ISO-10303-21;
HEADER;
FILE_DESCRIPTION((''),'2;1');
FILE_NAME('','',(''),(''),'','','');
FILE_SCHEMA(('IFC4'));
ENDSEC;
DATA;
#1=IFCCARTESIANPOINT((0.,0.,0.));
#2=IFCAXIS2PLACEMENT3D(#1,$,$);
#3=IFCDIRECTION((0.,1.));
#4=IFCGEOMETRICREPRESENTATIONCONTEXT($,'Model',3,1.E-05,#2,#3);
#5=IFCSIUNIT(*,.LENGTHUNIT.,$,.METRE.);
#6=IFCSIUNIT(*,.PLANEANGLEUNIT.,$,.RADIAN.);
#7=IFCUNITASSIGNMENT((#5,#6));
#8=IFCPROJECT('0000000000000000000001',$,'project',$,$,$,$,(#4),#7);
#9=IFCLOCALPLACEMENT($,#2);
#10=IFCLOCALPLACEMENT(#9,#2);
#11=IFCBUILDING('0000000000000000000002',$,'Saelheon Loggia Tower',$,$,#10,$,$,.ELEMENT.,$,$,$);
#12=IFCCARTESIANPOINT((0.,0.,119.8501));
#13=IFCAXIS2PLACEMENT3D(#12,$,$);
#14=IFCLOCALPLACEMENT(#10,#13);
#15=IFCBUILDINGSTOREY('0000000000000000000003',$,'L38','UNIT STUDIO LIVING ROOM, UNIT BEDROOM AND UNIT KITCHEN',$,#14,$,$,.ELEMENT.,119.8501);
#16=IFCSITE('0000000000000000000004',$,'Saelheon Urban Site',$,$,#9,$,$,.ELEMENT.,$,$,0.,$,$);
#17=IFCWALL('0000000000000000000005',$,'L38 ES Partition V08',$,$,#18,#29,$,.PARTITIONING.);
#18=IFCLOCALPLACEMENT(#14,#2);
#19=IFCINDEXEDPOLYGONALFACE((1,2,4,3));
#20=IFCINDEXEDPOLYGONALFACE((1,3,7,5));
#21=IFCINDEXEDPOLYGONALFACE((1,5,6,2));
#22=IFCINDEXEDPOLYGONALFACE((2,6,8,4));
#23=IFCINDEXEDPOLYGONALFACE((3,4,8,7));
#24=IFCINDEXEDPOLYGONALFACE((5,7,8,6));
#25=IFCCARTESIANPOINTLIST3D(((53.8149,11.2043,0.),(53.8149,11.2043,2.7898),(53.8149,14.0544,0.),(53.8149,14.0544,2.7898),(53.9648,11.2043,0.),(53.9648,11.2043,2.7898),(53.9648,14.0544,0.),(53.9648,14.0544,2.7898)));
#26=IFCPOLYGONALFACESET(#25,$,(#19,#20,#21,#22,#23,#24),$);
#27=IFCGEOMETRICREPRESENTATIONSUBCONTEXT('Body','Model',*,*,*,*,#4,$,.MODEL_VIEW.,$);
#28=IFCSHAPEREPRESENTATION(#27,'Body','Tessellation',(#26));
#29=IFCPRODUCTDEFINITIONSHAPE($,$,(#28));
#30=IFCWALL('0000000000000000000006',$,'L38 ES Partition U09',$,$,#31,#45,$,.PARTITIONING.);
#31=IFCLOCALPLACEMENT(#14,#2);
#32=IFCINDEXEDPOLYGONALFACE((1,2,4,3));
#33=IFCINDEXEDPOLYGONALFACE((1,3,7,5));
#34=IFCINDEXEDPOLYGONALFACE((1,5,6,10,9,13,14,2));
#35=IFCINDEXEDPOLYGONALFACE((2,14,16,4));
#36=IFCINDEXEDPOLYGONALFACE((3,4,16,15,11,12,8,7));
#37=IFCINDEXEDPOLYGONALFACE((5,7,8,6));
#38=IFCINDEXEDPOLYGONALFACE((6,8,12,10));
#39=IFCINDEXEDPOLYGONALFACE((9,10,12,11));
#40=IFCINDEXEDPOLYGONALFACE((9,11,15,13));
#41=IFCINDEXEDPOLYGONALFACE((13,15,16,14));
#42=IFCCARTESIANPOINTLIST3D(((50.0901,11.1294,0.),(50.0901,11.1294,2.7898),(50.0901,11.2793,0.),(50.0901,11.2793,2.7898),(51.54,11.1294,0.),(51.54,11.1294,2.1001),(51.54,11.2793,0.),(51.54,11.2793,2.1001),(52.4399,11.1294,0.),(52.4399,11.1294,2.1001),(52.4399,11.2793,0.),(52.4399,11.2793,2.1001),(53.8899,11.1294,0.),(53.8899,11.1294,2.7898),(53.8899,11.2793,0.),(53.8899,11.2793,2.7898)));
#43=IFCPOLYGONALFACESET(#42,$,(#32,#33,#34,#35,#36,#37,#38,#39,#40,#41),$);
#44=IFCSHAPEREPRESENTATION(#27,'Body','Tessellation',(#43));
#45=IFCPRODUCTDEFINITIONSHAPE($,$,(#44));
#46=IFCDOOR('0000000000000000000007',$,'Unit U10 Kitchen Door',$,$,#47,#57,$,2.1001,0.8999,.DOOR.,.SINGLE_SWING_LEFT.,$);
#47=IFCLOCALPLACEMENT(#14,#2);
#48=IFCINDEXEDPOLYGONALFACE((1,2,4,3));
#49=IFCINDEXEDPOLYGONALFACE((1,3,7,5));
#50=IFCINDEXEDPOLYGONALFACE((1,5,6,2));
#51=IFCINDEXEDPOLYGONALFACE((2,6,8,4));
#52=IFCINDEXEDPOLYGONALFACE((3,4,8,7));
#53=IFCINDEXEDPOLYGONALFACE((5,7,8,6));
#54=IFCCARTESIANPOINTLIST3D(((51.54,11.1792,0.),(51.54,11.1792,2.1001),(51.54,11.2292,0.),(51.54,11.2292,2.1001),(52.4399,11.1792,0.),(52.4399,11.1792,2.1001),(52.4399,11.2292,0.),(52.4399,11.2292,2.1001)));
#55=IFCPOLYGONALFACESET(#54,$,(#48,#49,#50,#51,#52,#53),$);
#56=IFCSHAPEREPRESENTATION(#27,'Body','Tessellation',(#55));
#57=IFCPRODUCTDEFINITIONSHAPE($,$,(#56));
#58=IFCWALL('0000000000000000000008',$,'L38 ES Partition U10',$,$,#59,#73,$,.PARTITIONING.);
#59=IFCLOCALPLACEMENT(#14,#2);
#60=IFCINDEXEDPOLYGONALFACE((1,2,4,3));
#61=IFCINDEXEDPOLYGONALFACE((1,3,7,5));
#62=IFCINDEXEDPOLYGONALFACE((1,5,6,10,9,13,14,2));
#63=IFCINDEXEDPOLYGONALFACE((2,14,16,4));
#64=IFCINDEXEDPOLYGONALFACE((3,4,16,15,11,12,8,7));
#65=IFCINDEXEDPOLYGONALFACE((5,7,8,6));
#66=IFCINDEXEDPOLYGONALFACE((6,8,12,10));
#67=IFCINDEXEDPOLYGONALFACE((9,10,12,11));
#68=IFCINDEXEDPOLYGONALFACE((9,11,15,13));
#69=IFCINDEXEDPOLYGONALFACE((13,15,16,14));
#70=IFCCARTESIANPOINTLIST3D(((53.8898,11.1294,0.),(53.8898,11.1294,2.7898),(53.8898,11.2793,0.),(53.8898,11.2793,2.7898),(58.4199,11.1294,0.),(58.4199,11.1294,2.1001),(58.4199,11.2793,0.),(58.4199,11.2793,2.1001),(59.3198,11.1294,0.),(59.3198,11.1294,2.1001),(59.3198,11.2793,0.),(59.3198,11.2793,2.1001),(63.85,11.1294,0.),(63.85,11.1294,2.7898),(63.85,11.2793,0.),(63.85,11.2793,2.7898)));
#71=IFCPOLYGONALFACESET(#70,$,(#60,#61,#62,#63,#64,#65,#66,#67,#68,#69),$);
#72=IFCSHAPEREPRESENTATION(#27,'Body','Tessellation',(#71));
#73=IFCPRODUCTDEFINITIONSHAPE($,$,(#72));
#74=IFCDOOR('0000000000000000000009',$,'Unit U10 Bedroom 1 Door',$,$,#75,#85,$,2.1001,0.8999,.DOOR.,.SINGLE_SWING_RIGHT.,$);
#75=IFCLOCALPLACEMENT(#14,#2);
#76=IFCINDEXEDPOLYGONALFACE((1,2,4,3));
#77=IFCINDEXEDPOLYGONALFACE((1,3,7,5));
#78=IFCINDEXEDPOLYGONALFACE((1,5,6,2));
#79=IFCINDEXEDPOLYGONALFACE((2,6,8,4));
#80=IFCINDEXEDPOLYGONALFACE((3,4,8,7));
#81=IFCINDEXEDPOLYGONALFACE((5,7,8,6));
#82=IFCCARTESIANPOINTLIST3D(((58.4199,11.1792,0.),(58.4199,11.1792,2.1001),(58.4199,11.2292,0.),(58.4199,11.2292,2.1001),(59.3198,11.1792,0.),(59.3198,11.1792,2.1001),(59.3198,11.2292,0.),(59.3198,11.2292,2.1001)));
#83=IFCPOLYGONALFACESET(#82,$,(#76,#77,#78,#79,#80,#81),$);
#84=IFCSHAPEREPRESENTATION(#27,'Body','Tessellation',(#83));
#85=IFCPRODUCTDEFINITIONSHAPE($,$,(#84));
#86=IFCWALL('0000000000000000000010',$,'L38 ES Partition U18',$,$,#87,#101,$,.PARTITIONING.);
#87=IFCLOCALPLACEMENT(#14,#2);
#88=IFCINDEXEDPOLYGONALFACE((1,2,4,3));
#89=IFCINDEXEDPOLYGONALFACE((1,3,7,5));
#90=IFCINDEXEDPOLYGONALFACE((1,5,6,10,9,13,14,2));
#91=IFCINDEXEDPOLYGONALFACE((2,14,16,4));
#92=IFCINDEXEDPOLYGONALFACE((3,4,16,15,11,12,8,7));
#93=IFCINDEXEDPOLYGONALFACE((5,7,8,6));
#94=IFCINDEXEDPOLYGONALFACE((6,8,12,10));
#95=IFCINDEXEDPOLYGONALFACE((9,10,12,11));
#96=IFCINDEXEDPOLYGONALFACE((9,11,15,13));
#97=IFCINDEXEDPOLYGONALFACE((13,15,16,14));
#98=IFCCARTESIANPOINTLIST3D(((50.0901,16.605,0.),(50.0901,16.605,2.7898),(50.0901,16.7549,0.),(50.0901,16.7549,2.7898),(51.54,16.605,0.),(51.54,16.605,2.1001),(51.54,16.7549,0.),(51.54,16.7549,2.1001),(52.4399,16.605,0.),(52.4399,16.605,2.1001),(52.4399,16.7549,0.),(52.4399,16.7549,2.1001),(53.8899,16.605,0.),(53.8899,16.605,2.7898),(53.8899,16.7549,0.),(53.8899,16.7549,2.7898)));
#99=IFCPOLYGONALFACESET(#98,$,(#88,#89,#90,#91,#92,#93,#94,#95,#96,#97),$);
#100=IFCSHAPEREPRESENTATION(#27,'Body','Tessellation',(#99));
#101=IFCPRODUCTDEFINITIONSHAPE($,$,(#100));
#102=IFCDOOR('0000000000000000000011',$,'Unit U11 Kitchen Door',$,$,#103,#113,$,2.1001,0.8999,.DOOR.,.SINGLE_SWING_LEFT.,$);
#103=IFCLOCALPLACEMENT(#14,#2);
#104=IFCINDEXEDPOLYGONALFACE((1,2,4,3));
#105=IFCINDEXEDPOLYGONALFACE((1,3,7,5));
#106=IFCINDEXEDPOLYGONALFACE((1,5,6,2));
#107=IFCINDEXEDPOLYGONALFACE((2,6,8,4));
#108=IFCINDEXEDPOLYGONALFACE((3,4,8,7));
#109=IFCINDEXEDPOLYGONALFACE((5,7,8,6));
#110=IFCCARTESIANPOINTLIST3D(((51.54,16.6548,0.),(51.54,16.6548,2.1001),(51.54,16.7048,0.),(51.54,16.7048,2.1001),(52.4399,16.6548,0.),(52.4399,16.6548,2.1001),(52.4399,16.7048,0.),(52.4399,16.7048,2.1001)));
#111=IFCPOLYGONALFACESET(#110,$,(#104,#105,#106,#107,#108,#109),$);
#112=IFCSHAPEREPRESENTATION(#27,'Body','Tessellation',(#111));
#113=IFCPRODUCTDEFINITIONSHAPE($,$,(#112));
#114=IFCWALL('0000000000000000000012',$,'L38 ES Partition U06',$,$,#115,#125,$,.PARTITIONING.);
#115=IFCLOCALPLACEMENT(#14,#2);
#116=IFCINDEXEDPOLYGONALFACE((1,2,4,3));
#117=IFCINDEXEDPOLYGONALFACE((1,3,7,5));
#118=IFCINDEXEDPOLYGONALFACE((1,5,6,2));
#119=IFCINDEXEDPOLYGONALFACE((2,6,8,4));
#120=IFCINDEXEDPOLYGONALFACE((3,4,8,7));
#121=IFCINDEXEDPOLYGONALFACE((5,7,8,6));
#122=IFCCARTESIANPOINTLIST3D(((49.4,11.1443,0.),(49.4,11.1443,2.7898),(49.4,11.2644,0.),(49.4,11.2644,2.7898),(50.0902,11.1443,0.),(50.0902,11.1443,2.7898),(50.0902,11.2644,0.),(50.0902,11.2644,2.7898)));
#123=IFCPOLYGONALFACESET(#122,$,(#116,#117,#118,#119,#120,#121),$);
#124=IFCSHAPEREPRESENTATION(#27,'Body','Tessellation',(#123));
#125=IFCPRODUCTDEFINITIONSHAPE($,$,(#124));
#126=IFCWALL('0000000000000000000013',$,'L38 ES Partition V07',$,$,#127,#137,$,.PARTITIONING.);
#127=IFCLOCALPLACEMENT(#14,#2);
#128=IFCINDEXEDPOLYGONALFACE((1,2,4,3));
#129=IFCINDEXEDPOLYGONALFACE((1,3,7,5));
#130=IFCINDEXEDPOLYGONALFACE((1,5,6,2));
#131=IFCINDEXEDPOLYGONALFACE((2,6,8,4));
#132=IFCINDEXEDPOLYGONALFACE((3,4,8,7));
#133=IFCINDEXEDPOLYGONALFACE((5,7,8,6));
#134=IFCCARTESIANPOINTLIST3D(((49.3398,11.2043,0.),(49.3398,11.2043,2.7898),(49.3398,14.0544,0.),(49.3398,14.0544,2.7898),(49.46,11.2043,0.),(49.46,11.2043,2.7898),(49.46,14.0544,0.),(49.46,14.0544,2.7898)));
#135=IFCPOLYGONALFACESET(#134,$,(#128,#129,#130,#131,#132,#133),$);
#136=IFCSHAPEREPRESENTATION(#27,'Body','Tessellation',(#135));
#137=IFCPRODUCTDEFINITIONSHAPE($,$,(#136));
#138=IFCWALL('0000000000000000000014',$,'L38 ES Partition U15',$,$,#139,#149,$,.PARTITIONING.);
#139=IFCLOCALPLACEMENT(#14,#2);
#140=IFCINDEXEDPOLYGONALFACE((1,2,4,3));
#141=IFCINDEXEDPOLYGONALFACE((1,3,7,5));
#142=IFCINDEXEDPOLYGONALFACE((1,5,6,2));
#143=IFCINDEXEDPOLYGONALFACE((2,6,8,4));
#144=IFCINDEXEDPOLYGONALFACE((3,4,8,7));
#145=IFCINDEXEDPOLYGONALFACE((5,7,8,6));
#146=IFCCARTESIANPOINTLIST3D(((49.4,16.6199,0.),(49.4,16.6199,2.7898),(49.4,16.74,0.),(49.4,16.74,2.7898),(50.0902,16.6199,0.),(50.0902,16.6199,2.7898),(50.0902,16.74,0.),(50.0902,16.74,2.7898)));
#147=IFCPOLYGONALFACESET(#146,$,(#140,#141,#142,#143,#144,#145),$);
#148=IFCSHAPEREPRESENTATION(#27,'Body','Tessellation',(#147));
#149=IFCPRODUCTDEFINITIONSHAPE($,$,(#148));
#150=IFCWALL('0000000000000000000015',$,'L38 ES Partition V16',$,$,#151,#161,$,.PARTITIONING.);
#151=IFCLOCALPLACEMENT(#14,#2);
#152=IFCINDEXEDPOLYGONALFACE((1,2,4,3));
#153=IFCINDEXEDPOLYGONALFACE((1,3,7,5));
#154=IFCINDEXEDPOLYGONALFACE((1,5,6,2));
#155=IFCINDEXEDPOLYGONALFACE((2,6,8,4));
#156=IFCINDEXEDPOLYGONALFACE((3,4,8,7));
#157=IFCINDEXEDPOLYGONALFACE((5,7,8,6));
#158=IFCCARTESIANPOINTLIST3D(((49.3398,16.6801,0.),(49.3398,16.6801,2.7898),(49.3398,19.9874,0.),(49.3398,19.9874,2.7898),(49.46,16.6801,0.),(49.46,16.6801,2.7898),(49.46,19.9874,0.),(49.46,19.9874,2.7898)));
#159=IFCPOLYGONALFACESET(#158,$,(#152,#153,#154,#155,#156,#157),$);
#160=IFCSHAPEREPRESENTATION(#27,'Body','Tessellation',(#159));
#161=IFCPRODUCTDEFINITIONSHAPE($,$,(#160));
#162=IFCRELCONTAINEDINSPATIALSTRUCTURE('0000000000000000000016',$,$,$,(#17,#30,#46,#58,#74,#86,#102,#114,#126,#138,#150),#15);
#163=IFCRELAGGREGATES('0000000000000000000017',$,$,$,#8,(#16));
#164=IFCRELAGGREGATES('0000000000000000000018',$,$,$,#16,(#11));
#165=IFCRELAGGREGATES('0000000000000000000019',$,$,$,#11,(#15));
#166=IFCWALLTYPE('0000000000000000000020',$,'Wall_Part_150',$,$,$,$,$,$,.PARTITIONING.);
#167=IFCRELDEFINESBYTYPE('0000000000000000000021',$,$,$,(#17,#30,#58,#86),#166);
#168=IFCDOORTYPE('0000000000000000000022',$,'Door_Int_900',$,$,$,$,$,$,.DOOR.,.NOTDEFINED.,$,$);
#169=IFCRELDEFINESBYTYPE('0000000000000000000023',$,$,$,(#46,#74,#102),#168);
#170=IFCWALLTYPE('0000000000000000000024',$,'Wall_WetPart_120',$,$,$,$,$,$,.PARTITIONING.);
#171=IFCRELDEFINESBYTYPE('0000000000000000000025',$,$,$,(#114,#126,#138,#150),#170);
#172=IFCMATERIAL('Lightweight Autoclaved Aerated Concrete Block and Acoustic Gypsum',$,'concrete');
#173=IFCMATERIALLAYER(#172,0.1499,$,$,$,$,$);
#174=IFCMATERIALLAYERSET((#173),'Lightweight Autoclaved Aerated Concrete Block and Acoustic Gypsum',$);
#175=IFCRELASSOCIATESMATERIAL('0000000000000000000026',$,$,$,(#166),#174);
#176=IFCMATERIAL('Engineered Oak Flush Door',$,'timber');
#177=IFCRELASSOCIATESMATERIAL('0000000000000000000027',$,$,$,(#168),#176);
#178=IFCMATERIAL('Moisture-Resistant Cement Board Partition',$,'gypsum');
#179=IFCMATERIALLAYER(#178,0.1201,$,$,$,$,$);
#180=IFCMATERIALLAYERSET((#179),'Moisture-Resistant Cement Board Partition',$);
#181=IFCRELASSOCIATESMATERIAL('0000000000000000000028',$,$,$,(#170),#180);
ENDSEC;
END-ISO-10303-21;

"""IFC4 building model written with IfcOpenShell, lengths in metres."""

from ifc_helpers import new_model, si_unit, direction, frame, frame_2d, origin, place, context, subcontext, project, spatial, rectangle, extrude, source, transform, mapped, material, layer, layer_set, type_object, element, fill, save


model = new_model("IFC4")

# Units and contexts
model_context = context("Model", 3, precision=1e-05, world=origin(), true_north=direction((0.0, 1.0)))
body_context = subcontext(model_context, "Body", "Model", "MODEL_VIEW")
ifc_project = project(units=[si_unit("LENGTHUNIT", "METRE"), si_unit("PLANEANGLEUNIT", "RADIAN")], contexts=[model_context])

# Site, building, storey
site_placement = place(None, origin())
site = spatial("IfcSite", under=ifc_project, at=site_placement, Name="Saelheon Urban Site", CompositionType="ELEMENT", RefElevation=0.0)
building_placement = place(site_placement, origin())
building = spatial("IfcBuilding", under=site, at=building_placement, Name="Saelheon Loggia Tower", CompositionType="ELEMENT")
storey_placement = place(building_placement, frame((0.0, 0.0, 119.8501)))
storey = spatial("IfcBuildingStorey", under=building, at=storey_placement, Name="L38", Description="UNIT STUDIO LIVING ROOM, UNIT BEDROOM AND UNIT KITCHEN", CompositionType="ELEMENT", Elevation=119.8501)

# Wall
ifc_material_1 = material(Name="Lightweight Autoclaved Aerated Concrete Block and Acoustic Gypsum", Category="concrete")
ifc_layer_1 = layer(ifc_material_1, 0.1499)
ifc_layer_set_1 = layer_set([ifc_layer_1], Name="Lightweight Autoclaved Aerated Concrete Block and Acoustic Gypsum")
wall_type_1 = type_object("IfcWallType", Name="Wall_Part_150", PredefinedType="PARTITIONING", material=ifc_layer_set_1)
wall_1_placement = place(storey_placement, frame((53.8899, 11.2043, 0.0), z_axis=(0.0, 0.0, 1.0), x_axis=(0.0, 1.0, 0.0)))
element("IfcWall", 1, at=wall_1_placement, inside=storey, type_object=wall_type_1, Name="L38 ES Partition V08", PredefinedType="PARTITIONING", context=body_context, shape_type="SweptSolid", body=[
    extrude(rectangle(XDim=2.8501, YDim=0.1499, at=frame_2d((1.425, 0.0))), origin(), (0.0, 0.0, 1.0), 2.7898),
])

# Walls, openings, doors
wall_2_placement = place(storey_placement, frame((50.0901, 11.2043, 0.0), z_axis=(0.0, 0.0, 1.0), x_axis=(1.0, 0.0, 0.0)))
wall_2 = element("IfcWall", 2, at=wall_2_placement, inside=storey, type_object=wall_type_1, Name="L38 ES Partition U09", PredefinedType="PARTITIONING", context=body_context, shape_type="SweptSolid", body=[
    extrude(rectangle(XDim=3.7998, YDim=0.1499, at=frame_2d((1.8999, 0.0))), origin(), (0.0, 0.0, 1.0), 2.7898),
])
opening_1_placement = place(wall_2_placement, frame((1.45, 0.0, 0.0)))
opening_1 = element("IfcOpeningElement", 3, at=opening_1_placement, cuts=wall_2, PredefinedType="OPENING", context=body_context, shape_type="SweptSolid", body=[
    extrude(rectangle(XDim=0.8999, YDim=2.1001, at=frame_2d((0.45, 1.05))), frame((0.0, 0.0869, 0.0), z_axis=(0.0, -1.0, 0.0), x_axis=(1.0, 0.0, 0.0)), (0.0, 0.0, 1.0), 0.1738),
])
ifc_material_2 = material(Name="Engineered Oak Flush Door", Category="timber")
door_type = type_object("IfcDoorType", Name="Door_Int_900", OperationType="NOTDEFINED", PredefinedType="DOOR", material=ifc_material_2)
shared_shape = source(origin(), body_context, "Body", "SweptSolid", [
    extrude(rectangle(XDim=0.8999, YDim=2.1001, at=frame_2d((0.45, 1.05))), frame((0.0, 0.0249, 0.0), z_axis=(0.0, -1.0, 0.0), x_axis=(1.0, 0.0, 0.0)), (0.0, 0.0, 1.0), 0.05),
])
door_1_placement = place(opening_1_placement, origin())
door_1 = element("IfcDoor", 4, at=door_1_placement, inside=storey, type_object=door_type, Name="Unit U10 Kitchen Door", OperationType="SINGLE_SWING_LEFT", OverallHeight=2.1001, OverallWidth=0.8999, PredefinedType="DOOR", context=body_context, shape_type="MappedRepresentation", body=[
    mapped(shared_shape, transform((0.0, 0.0, 0.0), scale=1.0)),
])
fill(opening_1, door_1)
wall_3_placement = place(storey_placement, frame((53.8899, 11.2043, 0.0), z_axis=(0.0, 0.0, 1.0), x_axis=(1.0, 0.0, 0.0)))
wall_3 = element("IfcWall", 5, at=wall_3_placement, inside=storey, type_object=wall_type_1, Name="L38 ES Partition U10", PredefinedType="PARTITIONING", context=body_context, shape_type="SweptSolid", body=[
    extrude(rectangle(XDim=9.9602, YDim=0.1499, at=frame_2d((4.98, 0.0))), origin(), (0.0, 0.0, 1.0), 2.7898),
])
opening_2_placement = place(wall_3_placement, frame((4.53, 0.0, 0.0)))
opening_2 = element("IfcOpeningElement", 6, at=opening_2_placement, cuts=wall_3, PredefinedType="OPENING", context=body_context, shape_type="SweptSolid", body=[
    extrude(rectangle(XDim=0.8999, YDim=2.1001, at=frame_2d((0.45, 1.05))), frame((0.0, 0.0869, 0.0), z_axis=(0.0, -1.0, 0.0), x_axis=(1.0, 0.0, 0.0)), (0.0, 0.0, 1.0), 0.1738),
])
door_2_placement = place(opening_2_placement, origin())
door_2 = element("IfcDoor", 7, at=door_2_placement, inside=storey, type_object=door_type, Name="Unit U10 Bedroom 1 Door", OperationType="SINGLE_SWING_RIGHT", OverallHeight=2.1001, OverallWidth=0.8999, PredefinedType="DOOR", context=body_context, shape_type="MappedRepresentation", body=[
    mapped(shared_shape, transform((0.0, 0.0, 0.0), scale=1.0)),
])
fill(opening_2, door_2)
wall_4_placement = place(storey_placement, frame((50.0901, 16.6799, 0.0), z_axis=(0.0, 0.0, 1.0), x_axis=(1.0, 0.0, 0.0)))
wall_4 = element("IfcWall", 8, at=wall_4_placement, inside=storey, type_object=wall_type_1, Name="L38 ES Partition U18", PredefinedType="PARTITIONING", context=body_context, shape_type="SweptSolid", body=[
    extrude(rectangle(XDim=3.7998, YDim=0.1499, at=frame_2d((1.8999, 0.0))), origin(), (0.0, 0.0, 1.0), 2.7898),
])
opening_3_placement = place(wall_4_placement, frame((1.45, 0.0, 0.0)))
opening_3 = element("IfcOpeningElement", 9, at=opening_3_placement, cuts=wall_4, PredefinedType="OPENING", context=body_context, shape_type="SweptSolid", body=[
    extrude(rectangle(XDim=0.8999, YDim=2.1001, at=frame_2d((0.45, 1.05))), frame((0.0, 0.0869, 0.0), z_axis=(0.0, -1.0, 0.0), x_axis=(1.0, 0.0, 0.0)), (0.0, 0.0, 1.0), 0.1738),
])
door_3_placement = place(opening_3_placement, origin())
door_3 = element("IfcDoor", 10, at=door_3_placement, inside=storey, type_object=door_type, Name="Unit U11 Kitchen Door", OperationType="SINGLE_SWING_LEFT", OverallHeight=2.1001, OverallWidth=0.8999, PredefinedType="DOOR", context=body_context, shape_type="MappedRepresentation", body=[
    mapped(shared_shape, transform((0.0, 0.0, 0.0), scale=1.0)),
])
fill(opening_3, door_3)

# Walls
ifc_material_3 = material(Name="Moisture-Resistant Cement Board Partition", Category="gypsum")
ifc_layer_2 = layer(ifc_material_3, 0.1201)
ifc_layer_set_2 = layer_set([ifc_layer_2], Name="Moisture-Resistant Cement Board Partition")
wall_type_2 = type_object("IfcWallType", Name="Wall_WetPart_120", PredefinedType="PARTITIONING", material=ifc_layer_set_2)
wall_5_placement = place(storey_placement, frame((49.3999, 11.2043, 0.0), z_axis=(0.0, 0.0, 1.0), x_axis=(1.0, 0.0, 0.0)))
element("IfcWall", 11, at=wall_5_placement, inside=storey, type_object=wall_type_2, Name="L38 ES Partition U06", PredefinedType="PARTITIONING", context=body_context, shape_type="SweptSolid", body=[
    extrude(rectangle(XDim=0.6902, YDim=0.1201, at=frame_2d((0.3452, 0.0))), origin(), (0.0, 0.0, 1.0), 2.7898),
])
wall_6_placement = place(storey_placement, frame((49.3999, 11.2043, 0.0), z_axis=(0.0, 0.0, 1.0), x_axis=(0.0, 1.0, 0.0)))
element("IfcWall", 12, at=wall_6_placement, inside=storey, type_object=wall_type_2, Name="L38 ES Partition V07", PredefinedType="PARTITIONING", context=body_context, shape_type="SweptSolid", body=[
    extrude(rectangle(XDim=2.8501, YDim=0.1201, at=frame_2d((1.425, 0.0))), origin(), (0.0, 0.0, 1.0), 2.7898),
])
wall_7_placement = place(storey_placement, frame((49.3999, 16.6799, 0.0), z_axis=(0.0, 0.0, 1.0), x_axis=(1.0, 0.0, 0.0)))
element("IfcWall", 13, at=wall_7_placement, inside=storey, type_object=wall_type_2, Name="L38 ES Partition U15", PredefinedType="PARTITIONING", context=body_context, shape_type="SweptSolid", body=[
    extrude(rectangle(XDim=0.6902, YDim=0.1201, at=frame_2d((0.3452, 0.0))), origin(), (0.0, 0.0, 1.0), 2.7898),
])
wall_8_placement = place(storey_placement, frame((49.3999, 16.6799, 0.0), z_axis=(0.0, 0.0, 1.0), x_axis=(0.0, 1.0, 0.0)))
element("IfcWall", 14, at=wall_8_placement, inside=storey, type_object=wall_type_2, Name="L38 ES Partition V16", PredefinedType="PARTITIONING", context=body_context, shape_type="SweptSolid", body=[
    extrude(rectangle(XDim=3.3074, YDim=0.1201, at=frame_2d((1.6538, 0.0))), origin(), (0.0, 0.0, 1.0), 2.7898),
])

save(model, "model.ifc")
